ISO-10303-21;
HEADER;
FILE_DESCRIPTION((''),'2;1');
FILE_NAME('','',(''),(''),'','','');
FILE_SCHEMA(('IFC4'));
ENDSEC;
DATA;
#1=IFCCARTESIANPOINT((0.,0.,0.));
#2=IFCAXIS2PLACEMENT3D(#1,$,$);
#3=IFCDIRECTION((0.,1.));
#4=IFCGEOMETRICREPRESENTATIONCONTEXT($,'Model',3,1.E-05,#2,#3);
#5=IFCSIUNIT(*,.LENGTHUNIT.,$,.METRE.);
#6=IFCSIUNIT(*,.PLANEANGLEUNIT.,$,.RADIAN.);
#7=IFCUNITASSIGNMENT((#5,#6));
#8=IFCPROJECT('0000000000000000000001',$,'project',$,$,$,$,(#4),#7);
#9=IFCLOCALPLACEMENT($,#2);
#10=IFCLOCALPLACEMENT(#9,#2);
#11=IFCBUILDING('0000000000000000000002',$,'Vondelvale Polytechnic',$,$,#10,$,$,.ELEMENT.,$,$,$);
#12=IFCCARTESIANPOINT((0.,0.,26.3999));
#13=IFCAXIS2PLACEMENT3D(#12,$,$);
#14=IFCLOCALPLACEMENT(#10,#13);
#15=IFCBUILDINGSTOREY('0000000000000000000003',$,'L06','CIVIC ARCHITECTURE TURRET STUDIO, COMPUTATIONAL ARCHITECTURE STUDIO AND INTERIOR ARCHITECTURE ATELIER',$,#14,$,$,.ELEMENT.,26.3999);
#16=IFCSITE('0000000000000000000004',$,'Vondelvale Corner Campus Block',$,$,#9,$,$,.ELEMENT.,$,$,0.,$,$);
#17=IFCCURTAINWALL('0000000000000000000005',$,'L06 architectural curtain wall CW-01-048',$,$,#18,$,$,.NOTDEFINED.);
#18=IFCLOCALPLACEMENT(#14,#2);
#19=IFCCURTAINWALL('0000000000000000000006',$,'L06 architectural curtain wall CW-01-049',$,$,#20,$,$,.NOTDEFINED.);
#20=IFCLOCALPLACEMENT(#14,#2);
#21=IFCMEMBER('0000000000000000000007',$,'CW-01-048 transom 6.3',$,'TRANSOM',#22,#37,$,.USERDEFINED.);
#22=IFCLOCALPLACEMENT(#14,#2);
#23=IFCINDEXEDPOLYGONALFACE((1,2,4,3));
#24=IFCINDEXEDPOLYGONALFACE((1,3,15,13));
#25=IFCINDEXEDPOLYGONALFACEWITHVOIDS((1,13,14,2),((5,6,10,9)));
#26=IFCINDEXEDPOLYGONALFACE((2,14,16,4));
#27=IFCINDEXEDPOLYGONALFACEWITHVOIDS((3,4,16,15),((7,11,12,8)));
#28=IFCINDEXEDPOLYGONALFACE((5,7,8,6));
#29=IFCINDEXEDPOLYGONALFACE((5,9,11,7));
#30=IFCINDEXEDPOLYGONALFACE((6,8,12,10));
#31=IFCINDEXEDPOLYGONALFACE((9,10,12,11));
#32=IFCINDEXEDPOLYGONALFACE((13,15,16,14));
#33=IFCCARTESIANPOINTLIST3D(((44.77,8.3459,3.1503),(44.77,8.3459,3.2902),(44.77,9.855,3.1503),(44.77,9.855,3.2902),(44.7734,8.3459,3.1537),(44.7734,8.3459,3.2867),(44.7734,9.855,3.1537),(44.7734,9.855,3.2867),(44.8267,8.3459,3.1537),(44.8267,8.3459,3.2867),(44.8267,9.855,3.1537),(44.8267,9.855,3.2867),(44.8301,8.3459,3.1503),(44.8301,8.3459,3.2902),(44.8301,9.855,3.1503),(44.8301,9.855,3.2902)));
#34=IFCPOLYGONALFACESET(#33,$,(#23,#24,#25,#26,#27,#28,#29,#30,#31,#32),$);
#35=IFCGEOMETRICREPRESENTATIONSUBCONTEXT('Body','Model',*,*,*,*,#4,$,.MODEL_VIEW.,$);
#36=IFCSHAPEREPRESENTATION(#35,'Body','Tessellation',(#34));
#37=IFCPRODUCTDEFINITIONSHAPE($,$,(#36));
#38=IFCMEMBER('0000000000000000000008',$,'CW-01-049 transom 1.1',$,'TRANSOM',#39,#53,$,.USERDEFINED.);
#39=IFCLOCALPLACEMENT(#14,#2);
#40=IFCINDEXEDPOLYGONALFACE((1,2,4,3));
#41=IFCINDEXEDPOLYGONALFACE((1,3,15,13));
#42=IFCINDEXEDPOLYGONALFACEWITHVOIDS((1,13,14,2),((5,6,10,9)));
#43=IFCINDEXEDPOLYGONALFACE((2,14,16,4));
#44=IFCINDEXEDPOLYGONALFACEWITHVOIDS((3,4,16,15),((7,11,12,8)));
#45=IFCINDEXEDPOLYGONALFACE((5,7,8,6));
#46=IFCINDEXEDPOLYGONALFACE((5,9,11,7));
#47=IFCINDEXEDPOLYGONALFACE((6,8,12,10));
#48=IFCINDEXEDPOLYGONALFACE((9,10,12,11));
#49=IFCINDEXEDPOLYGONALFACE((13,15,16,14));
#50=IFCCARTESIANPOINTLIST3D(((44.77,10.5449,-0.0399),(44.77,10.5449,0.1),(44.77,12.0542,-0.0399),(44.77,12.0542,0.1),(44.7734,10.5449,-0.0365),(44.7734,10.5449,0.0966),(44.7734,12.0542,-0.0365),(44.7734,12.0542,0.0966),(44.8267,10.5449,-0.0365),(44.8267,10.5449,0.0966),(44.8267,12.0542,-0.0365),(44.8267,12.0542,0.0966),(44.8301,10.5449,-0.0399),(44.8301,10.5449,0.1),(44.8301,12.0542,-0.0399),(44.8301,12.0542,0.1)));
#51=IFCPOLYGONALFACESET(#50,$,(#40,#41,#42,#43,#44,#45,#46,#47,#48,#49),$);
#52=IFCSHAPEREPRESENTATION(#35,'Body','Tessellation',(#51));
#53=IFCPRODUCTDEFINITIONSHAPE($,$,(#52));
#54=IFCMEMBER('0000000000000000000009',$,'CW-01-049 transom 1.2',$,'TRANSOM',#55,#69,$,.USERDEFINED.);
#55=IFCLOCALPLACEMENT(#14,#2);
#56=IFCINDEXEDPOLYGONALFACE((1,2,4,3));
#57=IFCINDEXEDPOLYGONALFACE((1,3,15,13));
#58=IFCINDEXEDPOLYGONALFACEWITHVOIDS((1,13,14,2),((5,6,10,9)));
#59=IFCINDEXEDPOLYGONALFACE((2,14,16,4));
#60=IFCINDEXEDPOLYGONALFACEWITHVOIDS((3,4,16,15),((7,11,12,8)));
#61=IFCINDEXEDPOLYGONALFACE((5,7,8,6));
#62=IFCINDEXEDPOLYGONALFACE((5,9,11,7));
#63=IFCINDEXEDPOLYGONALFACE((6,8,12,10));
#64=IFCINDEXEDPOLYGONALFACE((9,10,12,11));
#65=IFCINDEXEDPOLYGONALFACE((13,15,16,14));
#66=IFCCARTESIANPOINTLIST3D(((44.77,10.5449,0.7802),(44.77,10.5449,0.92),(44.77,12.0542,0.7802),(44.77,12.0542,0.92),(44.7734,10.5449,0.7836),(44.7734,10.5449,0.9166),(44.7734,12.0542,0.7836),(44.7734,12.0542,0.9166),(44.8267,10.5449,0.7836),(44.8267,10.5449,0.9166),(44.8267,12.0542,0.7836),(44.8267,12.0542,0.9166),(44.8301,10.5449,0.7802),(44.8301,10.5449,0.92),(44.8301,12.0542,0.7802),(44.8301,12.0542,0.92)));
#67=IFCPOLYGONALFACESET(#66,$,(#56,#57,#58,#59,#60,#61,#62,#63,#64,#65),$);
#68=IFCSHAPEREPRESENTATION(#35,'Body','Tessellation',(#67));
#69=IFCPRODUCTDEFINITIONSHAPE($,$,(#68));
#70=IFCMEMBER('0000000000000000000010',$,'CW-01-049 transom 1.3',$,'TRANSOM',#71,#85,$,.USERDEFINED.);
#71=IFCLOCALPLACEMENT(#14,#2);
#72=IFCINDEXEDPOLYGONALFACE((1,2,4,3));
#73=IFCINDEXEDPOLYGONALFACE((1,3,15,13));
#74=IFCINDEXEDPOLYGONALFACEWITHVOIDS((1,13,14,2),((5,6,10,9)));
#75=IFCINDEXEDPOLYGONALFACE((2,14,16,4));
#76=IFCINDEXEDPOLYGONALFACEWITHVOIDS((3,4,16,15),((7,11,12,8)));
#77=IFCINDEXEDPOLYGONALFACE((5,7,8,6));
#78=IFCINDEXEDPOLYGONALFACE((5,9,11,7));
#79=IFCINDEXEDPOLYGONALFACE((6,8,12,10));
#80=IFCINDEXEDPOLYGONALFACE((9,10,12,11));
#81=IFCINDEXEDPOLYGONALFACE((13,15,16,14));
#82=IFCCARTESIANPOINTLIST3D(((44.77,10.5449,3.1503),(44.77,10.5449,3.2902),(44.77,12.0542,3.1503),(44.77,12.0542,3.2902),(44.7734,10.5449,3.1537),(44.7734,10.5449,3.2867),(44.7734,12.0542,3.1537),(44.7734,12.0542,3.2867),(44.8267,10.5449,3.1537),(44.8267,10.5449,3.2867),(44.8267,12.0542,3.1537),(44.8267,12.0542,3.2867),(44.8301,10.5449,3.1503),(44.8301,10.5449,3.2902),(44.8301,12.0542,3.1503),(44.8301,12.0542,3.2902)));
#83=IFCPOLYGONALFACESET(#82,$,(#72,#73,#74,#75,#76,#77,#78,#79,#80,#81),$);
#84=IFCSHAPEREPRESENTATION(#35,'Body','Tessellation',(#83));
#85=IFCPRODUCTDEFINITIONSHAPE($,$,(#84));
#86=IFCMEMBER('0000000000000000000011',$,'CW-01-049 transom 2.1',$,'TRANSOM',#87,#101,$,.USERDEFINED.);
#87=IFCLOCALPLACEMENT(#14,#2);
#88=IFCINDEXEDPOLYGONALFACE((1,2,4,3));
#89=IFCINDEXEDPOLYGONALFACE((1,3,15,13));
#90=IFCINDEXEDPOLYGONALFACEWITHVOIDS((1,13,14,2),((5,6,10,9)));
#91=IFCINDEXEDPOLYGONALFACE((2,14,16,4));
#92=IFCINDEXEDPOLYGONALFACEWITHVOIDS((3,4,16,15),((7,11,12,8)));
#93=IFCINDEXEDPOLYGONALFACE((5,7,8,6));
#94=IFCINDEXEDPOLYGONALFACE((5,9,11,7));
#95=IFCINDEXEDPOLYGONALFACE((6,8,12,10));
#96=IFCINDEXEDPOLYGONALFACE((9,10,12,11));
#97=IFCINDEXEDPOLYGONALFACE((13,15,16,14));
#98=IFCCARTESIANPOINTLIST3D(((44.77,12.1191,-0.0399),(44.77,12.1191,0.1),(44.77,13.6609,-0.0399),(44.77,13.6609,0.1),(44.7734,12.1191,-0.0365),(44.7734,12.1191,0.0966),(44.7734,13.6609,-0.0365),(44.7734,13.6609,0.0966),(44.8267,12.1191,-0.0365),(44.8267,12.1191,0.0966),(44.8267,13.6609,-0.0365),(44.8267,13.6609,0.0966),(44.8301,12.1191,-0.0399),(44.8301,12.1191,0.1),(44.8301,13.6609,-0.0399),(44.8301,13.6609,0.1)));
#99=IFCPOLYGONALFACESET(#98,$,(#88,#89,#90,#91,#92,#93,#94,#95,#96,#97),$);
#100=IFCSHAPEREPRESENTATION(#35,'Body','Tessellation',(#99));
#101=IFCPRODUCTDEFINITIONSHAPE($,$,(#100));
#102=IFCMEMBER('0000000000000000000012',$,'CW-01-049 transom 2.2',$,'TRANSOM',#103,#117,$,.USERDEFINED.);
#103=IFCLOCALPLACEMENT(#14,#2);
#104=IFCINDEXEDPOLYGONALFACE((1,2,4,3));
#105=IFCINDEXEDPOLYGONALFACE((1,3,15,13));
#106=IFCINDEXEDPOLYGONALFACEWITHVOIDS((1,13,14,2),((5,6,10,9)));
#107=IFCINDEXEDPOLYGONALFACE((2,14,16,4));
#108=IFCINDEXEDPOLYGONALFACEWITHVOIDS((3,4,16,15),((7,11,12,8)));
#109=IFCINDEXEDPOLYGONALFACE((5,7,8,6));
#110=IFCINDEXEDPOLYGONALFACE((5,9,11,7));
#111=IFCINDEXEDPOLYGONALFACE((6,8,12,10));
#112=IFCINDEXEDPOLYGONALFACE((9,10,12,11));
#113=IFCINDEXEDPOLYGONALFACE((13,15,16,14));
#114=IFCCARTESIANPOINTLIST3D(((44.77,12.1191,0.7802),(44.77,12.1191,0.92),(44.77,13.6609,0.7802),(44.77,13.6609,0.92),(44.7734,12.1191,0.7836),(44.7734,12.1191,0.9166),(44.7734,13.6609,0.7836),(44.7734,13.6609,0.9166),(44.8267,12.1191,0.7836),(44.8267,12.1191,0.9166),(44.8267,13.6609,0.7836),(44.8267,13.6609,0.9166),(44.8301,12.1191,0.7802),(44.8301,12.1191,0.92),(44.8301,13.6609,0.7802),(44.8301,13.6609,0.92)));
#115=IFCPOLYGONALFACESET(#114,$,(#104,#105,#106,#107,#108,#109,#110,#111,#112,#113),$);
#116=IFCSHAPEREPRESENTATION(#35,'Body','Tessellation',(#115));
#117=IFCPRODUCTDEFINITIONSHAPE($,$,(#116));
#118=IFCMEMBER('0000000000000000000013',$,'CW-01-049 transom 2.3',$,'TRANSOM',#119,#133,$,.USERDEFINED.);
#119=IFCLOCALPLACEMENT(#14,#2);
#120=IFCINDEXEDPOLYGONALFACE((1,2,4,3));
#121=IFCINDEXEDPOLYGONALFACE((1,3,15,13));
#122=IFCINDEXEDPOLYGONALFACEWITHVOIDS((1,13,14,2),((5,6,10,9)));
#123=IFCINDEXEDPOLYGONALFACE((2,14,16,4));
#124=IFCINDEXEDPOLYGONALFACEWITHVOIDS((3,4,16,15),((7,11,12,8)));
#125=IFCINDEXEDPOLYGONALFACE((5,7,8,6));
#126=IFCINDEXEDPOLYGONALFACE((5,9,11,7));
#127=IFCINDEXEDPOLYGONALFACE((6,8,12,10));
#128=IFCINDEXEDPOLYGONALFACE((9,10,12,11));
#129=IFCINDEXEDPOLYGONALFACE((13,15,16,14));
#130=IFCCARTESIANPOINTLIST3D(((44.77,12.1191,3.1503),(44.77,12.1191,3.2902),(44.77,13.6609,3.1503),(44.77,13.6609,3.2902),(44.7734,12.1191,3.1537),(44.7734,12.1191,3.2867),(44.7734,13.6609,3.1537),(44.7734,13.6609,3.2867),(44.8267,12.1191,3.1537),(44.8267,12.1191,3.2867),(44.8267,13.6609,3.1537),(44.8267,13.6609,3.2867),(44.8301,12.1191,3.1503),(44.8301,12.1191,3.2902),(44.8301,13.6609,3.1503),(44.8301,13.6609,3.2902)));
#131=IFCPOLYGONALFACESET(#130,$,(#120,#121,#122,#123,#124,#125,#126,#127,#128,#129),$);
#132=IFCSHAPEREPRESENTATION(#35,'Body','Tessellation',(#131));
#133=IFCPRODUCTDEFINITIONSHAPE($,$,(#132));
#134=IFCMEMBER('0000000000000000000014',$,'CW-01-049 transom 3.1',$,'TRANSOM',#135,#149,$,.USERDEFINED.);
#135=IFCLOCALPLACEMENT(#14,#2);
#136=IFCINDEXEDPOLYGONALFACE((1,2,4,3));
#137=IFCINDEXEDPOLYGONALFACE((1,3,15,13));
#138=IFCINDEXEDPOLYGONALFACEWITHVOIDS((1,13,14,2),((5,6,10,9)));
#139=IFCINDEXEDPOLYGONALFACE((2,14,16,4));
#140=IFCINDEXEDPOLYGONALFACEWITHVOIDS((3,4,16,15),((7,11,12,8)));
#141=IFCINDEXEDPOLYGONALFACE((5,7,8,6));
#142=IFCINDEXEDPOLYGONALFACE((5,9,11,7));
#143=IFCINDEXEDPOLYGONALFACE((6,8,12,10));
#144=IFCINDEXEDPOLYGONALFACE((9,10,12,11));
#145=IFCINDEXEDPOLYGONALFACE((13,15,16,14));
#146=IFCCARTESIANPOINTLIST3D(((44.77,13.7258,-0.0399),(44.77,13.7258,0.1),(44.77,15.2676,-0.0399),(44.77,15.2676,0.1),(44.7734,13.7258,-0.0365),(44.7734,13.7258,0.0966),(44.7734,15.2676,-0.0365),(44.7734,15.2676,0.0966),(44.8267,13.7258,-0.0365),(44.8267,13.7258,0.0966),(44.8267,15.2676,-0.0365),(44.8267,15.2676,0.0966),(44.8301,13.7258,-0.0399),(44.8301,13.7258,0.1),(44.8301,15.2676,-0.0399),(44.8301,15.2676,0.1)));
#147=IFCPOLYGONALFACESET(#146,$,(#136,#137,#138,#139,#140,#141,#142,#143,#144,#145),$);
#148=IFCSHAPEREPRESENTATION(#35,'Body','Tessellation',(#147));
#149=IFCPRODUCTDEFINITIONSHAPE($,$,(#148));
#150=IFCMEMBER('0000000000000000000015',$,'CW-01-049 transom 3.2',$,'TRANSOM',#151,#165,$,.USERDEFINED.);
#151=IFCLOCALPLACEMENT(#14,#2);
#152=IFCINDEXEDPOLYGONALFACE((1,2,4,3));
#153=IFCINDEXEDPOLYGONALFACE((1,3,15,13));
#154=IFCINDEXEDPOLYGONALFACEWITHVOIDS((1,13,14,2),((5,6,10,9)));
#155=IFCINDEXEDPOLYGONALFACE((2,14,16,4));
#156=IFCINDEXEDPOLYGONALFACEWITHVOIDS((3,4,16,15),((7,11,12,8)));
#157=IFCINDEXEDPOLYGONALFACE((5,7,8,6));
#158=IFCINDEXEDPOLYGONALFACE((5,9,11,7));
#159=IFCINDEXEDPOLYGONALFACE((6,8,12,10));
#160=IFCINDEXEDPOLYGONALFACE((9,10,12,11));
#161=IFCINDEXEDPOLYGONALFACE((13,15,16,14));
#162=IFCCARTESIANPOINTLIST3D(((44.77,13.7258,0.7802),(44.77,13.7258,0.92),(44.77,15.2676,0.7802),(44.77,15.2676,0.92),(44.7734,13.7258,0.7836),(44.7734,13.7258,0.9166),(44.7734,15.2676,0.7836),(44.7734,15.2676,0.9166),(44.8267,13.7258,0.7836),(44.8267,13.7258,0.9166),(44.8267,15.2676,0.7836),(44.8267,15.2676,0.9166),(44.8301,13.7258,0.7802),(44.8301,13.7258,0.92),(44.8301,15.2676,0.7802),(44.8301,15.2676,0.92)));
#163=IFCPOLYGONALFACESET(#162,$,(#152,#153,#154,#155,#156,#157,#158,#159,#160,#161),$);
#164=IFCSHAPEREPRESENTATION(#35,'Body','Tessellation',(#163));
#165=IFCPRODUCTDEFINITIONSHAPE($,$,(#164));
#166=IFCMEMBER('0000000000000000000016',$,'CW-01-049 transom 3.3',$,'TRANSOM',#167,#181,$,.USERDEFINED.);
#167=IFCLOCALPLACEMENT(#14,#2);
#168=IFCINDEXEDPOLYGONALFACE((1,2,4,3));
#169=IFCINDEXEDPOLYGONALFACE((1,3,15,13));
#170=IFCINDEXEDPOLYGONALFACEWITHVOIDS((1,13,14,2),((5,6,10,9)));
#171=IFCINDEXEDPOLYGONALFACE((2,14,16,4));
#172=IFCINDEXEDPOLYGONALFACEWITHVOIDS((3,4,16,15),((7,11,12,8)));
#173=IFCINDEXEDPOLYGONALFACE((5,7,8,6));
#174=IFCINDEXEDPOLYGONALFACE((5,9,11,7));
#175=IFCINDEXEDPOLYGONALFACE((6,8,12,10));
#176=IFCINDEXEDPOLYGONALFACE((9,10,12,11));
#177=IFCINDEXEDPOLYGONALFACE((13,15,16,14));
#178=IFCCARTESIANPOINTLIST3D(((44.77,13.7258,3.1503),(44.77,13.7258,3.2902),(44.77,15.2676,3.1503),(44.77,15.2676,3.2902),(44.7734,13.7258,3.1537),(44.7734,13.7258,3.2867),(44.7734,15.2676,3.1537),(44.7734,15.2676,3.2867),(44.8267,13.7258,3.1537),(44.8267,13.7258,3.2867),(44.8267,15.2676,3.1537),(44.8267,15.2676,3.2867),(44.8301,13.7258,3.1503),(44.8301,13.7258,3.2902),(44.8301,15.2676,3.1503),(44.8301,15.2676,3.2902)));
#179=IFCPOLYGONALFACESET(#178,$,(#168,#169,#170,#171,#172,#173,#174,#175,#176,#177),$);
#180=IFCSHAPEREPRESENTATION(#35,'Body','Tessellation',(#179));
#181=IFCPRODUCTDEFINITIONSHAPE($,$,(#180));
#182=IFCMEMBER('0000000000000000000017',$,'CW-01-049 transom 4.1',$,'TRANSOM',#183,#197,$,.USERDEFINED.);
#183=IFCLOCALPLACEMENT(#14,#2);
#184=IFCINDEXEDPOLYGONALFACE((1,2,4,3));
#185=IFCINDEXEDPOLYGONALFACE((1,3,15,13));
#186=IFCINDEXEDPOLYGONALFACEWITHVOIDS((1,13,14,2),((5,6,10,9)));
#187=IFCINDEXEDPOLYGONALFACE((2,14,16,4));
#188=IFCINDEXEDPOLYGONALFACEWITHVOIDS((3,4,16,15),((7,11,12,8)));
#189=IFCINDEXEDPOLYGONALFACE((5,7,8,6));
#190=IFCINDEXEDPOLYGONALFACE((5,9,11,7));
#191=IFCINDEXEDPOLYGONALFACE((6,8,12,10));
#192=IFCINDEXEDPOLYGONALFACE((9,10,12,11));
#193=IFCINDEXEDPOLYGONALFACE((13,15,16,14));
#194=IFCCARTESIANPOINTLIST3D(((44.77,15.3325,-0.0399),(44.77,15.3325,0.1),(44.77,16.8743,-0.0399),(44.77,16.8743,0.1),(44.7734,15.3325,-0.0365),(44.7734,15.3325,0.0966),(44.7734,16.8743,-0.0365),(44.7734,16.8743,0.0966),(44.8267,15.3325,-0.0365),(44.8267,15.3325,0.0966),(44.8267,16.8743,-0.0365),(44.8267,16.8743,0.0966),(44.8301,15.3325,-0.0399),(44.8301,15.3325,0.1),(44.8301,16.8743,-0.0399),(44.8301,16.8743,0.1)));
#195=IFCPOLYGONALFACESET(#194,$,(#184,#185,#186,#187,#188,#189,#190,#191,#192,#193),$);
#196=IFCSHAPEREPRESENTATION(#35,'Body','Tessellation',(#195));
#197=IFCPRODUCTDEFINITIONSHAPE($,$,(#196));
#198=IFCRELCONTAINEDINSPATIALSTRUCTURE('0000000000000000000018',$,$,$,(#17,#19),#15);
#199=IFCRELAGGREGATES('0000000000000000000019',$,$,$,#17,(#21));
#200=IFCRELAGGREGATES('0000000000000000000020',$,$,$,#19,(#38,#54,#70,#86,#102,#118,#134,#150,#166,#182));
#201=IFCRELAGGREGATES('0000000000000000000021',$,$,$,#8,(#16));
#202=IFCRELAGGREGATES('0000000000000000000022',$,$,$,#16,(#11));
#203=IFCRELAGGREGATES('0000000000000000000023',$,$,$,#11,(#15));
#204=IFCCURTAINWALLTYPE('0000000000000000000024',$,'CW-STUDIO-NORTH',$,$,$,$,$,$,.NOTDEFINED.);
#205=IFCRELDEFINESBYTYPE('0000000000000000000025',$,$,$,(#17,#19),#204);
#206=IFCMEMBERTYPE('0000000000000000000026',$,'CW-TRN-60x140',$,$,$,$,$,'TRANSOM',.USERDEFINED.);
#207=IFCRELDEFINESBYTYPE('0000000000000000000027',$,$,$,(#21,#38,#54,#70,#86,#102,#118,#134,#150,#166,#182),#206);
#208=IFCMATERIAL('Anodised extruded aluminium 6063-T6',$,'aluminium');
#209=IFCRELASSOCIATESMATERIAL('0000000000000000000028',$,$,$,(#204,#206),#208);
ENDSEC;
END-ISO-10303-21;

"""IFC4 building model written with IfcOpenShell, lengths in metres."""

from ifc_helpers import new_model, si_unit, direction, frame, origin, origin_2d, place, context, subcontext, project, spatial, hollow_rectangle, extrude, material, material_profile, profile_set, type_object, element, aggregate, save


model = new_model("IFC4")

# Units and contexts
model_context = context("Model", 3, precision=1e-05, world=origin(), true_north=direction((0.0, 1.0)))
body_context = subcontext(model_context, "Body", "Model", "MODEL_VIEW")
ifc_project = project(units=[si_unit("LENGTHUNIT", "METRE"), si_unit("PLANEANGLEUNIT", "RADIAN")], contexts=[model_context])

# Site, building, storey
site_placement = place(None, origin())
site = spatial("IfcSite", under=ifc_project, at=site_placement, Name="Vondelvale Corner Campus Block", CompositionType="ELEMENT", RefElevation=0.0)
building_placement = place(site_placement, origin())
building = spatial("IfcBuilding", under=site, at=building_placement, Name="Vondelvale Polytechnic", CompositionType="ELEMENT")
storey_placement = place(building_placement, frame((0.0, 0.0, 26.3999)))
storey = spatial("IfcBuildingStorey", under=building, at=storey_placement, Name="L06", Description="CIVIC ARCHITECTURE TURRET STUDIO, COMPUTATIONAL ARCHITECTURE STUDIO AND INTERIOR ARCHITECTURE ATELIER", CompositionType="ELEMENT", Elevation=26.3999)

# Curtain walls
ifc_material_1 = material(Name="Anodised extruded aluminium 6063-T6", Category="aluminium")
curtain_wall_type = type_object("IfcCurtainWallType", Name="CW-STUDIO-NORTH", PredefinedType="NOTDEFINED", material=ifc_material_1)
curtain_wall_1_placement = place(storey_placement, origin())
curtain_wall_1 = element("IfcCurtainWall", 1, at=curtain_wall_1_placement, inside=storey, type_object=curtain_wall_type, Name="L06 architectural curtain wall CW-01-048", PredefinedType="NOTDEFINED")
curtain_wall_2_placement = place(storey_placement, origin())
curtain_wall_2 = element("IfcCurtainWall", 2, at=curtain_wall_2_placement, inside=storey, type_object=curtain_wall_type, Name="L06 architectural curtain wall CW-01-049", PredefinedType="NOTDEFINED")

# Members
ifc_material_profile_1 = material_profile(ifc_material_1, hollow_rectangle(XDim=0.0601, YDim=0.1399, WallThickness=0.0034, at=origin_2d()), Name="CW-TRN-140x60")
ifc_profile_set_1 = profile_set([ifc_material_profile_1], Name="Anodised extruded aluminium 6063-T6")
member_type_1 = type_object("IfcMemberType", Name="CW-TRN-60x140", ElementType="TRANSOM", PredefinedType="USERDEFINED", material=ifc_profile_set_1)
member_1_placement = place(storey_placement, frame((44.8, 8.3459, 3.2202), z_axis=(0.0, 1.0, 0.0), x_axis=(-1.0, 0.0, 0.0)))
member_1 = element("IfcMember", 3, at=member_1_placement, type_object=member_type_1, Name="CW-01-048 transom 6.3", ObjectType="TRANSOM", PredefinedType="USERDEFINED", context=body_context, shape_type="SweptSolid", body=[
    extrude(hollow_rectangle(XDim=0.0601, YDim=0.1399, WallThickness=0.0034, at=origin_2d()), origin(), (0.0, 0.0, 1.0), 1.509),
])
member_2_placement = place(storey_placement, frame((44.8, 10.5449, 0.03), z_axis=(0.0, 1.0, 0.0), x_axis=(-1.0, 0.0, 0.0)))
member_2 = element("IfcMember", 4, at=member_2_placement, type_object=member_type_1, Name="CW-01-049 transom 1.1", ObjectType="TRANSOM", PredefinedType="USERDEFINED", context=body_context, shape_type="SweptSolid", body=[
    extrude(hollow_rectangle(XDim=0.0601, YDim=0.1399, WallThickness=0.0034, at=origin_2d()), origin(), (0.0, 0.0, 1.0), 1.5093),
])
member_3_placement = place(storey_placement, frame((44.8, 10.5449, 0.8501), z_axis=(0.0, 1.0, 0.0), x_axis=(-1.0, 0.0, 0.0)))
member_3 = element("IfcMember", 5, at=member_3_placement, type_object=member_type_1, Name="CW-01-049 transom 1.2", ObjectType="TRANSOM", PredefinedType="USERDEFINED", context=body_context, shape_type="SweptSolid", body=[
    extrude(hollow_rectangle(XDim=0.0601, YDim=0.1399, WallThickness=0.0034, at=origin_2d()), origin(), (0.0, 0.0, 1.0), 1.5093),
])
member_4_placement = place(storey_placement, frame((44.8, 10.5449, 3.2202), z_axis=(0.0, 1.0, 0.0), x_axis=(-1.0, 0.0, 0.0)))
member_4 = element("IfcMember", 6, at=member_4_placement, type_object=member_type_1, Name="CW-01-049 transom 1.3", ObjectType="TRANSOM", PredefinedType="USERDEFINED", context=body_context, shape_type="SweptSolid", body=[
    extrude(hollow_rectangle(XDim=0.0601, YDim=0.1399, WallThickness=0.0034, at=origin_2d()), origin(), (0.0, 0.0, 1.0), 1.5093),
])
member_5_placement = place(storey_placement, frame((44.8, 12.1191, 0.03), z_axis=(0.0, 1.0, 0.0), x_axis=(-1.0, 0.0, 0.0)))
member_5 = element("IfcMember", 7, at=member_5_placement, type_object=member_type_1, Name="CW-01-049 transom 2.1", ObjectType="TRANSOM", PredefinedType="USERDEFINED", context=body_context, shape_type="SweptSolid", body=[
    extrude(hollow_rectangle(XDim=0.0601, YDim=0.1399, WallThickness=0.0034, at=origin_2d()), origin(), (0.0, 0.0, 1.0), 1.5417),
])
member_6_placement = place(storey_placement, frame((44.8, 12.1191, 0.8501), z_axis=(0.0, 1.0, 0.0), x_axis=(-1.0, 0.0, 0.0)))
member_6 = element("IfcMember", 8, at=member_6_placement, type_object=member_type_1, Name="CW-01-049 transom 2.2", ObjectType="TRANSOM", PredefinedType="USERDEFINED", context=body_context, shape_type="SweptSolid", body=[
    extrude(hollow_rectangle(XDim=0.0601, YDim=0.1399, WallThickness=0.0034, at=origin_2d()), origin(), (0.0, 0.0, 1.0), 1.5417),
])
member_7_placement = place(storey_placement, frame((44.8, 12.1191, 3.2202), z_axis=(0.0, 1.0, 0.0), x_axis=(-1.0, 0.0, 0.0)))
member_7 = element("IfcMember", 9, at=member_7_placement, type_object=member_type_1, Name="CW-01-049 transom 2.3", ObjectType="TRANSOM", PredefinedType="USERDEFINED", context=body_context, shape_type="SweptSolid", body=[
    extrude(hollow_rectangle(XDim=0.0601, YDim=0.1399, WallThickness=0.0034, at=origin_2d()), origin(), (0.0, 0.0, 1.0), 1.5417),
])
member_8_placement = place(storey_placement, frame((44.8, 13.7258, 0.03), z_axis=(0.0, 1.0, 0.0), x_axis=(-1.0, 0.0, 0.0)))
member_8 = element("IfcMember", 10, at=member_8_placement, type_object=member_type_1, Name="CW-01-049 transom 3.1", ObjectType="TRANSOM", PredefinedType="USERDEFINED", context=body_context, shape_type="SweptSolid", body=[
    extrude(hollow_rectangle(XDim=0.0601, YDim=0.1399, WallThickness=0.0034, at=origin_2d()), origin(), (0.0, 0.0, 1.0), 1.5417),
])
member_9_placement = place(storey_placement, frame((44.8, 13.7258, 0.8501), z_axis=(0.0, 1.0, 0.0), x_axis=(-1.0, 0.0, 0.0)))
member_9 = element("IfcMember", 11, at=member_9_placement, type_object=member_type_1, Name="CW-01-049 transom 3.2", ObjectType="TRANSOM", PredefinedType="USERDEFINED", context=body_context, shape_type="SweptSolid", body=[
    extrude(hollow_rectangle(XDim=0.0601, YDim=0.1399, WallThickness=0.0034, at=origin_2d()), origin(), (0.0, 0.0, 1.0), 1.5417),
])
member_10_placement = place(storey_placement, frame((44.8, 13.7258, 3.2202), z_axis=(0.0, 1.0, 0.0), x_axis=(-1.0, 0.0, 0.0)))
member_10 = element("IfcMember", 12, at=member_10_placement, type_object=member_type_1, Name="CW-01-049 transom 3.3", ObjectType="TRANSOM", PredefinedType="USERDEFINED", context=body_context, shape_type="SweptSolid", body=[
    extrude(hollow_rectangle(XDim=0.0601, YDim=0.1399, WallThickness=0.0034, at=origin_2d()), origin(), (0.0, 0.0, 1.0), 1.5417),
])
member_11_placement = place(storey_placement, frame((44.8, 15.3325, 0.03), z_axis=(0.0, 1.0, 0.0), x_axis=(-1.0, 0.0, 0.0)))
member_11 = element("IfcMember", 13, at=member_11_placement, type_object=member_type_1, Name="CW-01-049 transom 4.1", ObjectType="TRANSOM", PredefinedType="USERDEFINED", context=body_context, shape_type="SweptSolid", body=[
    extrude(hollow_rectangle(XDim=0.0601, YDim=0.1399, WallThickness=0.0034, at=origin_2d()), origin(), (0.0, 0.0, 1.0), 1.5417),
])

aggregate(curtain_wall_1, [member_1])
aggregate(curtain_wall_2, [member_2, member_3, member_4, member_5, member_6, member_7, member_8, member_9, member_10, member_11])

save(model, "model.ifc")
